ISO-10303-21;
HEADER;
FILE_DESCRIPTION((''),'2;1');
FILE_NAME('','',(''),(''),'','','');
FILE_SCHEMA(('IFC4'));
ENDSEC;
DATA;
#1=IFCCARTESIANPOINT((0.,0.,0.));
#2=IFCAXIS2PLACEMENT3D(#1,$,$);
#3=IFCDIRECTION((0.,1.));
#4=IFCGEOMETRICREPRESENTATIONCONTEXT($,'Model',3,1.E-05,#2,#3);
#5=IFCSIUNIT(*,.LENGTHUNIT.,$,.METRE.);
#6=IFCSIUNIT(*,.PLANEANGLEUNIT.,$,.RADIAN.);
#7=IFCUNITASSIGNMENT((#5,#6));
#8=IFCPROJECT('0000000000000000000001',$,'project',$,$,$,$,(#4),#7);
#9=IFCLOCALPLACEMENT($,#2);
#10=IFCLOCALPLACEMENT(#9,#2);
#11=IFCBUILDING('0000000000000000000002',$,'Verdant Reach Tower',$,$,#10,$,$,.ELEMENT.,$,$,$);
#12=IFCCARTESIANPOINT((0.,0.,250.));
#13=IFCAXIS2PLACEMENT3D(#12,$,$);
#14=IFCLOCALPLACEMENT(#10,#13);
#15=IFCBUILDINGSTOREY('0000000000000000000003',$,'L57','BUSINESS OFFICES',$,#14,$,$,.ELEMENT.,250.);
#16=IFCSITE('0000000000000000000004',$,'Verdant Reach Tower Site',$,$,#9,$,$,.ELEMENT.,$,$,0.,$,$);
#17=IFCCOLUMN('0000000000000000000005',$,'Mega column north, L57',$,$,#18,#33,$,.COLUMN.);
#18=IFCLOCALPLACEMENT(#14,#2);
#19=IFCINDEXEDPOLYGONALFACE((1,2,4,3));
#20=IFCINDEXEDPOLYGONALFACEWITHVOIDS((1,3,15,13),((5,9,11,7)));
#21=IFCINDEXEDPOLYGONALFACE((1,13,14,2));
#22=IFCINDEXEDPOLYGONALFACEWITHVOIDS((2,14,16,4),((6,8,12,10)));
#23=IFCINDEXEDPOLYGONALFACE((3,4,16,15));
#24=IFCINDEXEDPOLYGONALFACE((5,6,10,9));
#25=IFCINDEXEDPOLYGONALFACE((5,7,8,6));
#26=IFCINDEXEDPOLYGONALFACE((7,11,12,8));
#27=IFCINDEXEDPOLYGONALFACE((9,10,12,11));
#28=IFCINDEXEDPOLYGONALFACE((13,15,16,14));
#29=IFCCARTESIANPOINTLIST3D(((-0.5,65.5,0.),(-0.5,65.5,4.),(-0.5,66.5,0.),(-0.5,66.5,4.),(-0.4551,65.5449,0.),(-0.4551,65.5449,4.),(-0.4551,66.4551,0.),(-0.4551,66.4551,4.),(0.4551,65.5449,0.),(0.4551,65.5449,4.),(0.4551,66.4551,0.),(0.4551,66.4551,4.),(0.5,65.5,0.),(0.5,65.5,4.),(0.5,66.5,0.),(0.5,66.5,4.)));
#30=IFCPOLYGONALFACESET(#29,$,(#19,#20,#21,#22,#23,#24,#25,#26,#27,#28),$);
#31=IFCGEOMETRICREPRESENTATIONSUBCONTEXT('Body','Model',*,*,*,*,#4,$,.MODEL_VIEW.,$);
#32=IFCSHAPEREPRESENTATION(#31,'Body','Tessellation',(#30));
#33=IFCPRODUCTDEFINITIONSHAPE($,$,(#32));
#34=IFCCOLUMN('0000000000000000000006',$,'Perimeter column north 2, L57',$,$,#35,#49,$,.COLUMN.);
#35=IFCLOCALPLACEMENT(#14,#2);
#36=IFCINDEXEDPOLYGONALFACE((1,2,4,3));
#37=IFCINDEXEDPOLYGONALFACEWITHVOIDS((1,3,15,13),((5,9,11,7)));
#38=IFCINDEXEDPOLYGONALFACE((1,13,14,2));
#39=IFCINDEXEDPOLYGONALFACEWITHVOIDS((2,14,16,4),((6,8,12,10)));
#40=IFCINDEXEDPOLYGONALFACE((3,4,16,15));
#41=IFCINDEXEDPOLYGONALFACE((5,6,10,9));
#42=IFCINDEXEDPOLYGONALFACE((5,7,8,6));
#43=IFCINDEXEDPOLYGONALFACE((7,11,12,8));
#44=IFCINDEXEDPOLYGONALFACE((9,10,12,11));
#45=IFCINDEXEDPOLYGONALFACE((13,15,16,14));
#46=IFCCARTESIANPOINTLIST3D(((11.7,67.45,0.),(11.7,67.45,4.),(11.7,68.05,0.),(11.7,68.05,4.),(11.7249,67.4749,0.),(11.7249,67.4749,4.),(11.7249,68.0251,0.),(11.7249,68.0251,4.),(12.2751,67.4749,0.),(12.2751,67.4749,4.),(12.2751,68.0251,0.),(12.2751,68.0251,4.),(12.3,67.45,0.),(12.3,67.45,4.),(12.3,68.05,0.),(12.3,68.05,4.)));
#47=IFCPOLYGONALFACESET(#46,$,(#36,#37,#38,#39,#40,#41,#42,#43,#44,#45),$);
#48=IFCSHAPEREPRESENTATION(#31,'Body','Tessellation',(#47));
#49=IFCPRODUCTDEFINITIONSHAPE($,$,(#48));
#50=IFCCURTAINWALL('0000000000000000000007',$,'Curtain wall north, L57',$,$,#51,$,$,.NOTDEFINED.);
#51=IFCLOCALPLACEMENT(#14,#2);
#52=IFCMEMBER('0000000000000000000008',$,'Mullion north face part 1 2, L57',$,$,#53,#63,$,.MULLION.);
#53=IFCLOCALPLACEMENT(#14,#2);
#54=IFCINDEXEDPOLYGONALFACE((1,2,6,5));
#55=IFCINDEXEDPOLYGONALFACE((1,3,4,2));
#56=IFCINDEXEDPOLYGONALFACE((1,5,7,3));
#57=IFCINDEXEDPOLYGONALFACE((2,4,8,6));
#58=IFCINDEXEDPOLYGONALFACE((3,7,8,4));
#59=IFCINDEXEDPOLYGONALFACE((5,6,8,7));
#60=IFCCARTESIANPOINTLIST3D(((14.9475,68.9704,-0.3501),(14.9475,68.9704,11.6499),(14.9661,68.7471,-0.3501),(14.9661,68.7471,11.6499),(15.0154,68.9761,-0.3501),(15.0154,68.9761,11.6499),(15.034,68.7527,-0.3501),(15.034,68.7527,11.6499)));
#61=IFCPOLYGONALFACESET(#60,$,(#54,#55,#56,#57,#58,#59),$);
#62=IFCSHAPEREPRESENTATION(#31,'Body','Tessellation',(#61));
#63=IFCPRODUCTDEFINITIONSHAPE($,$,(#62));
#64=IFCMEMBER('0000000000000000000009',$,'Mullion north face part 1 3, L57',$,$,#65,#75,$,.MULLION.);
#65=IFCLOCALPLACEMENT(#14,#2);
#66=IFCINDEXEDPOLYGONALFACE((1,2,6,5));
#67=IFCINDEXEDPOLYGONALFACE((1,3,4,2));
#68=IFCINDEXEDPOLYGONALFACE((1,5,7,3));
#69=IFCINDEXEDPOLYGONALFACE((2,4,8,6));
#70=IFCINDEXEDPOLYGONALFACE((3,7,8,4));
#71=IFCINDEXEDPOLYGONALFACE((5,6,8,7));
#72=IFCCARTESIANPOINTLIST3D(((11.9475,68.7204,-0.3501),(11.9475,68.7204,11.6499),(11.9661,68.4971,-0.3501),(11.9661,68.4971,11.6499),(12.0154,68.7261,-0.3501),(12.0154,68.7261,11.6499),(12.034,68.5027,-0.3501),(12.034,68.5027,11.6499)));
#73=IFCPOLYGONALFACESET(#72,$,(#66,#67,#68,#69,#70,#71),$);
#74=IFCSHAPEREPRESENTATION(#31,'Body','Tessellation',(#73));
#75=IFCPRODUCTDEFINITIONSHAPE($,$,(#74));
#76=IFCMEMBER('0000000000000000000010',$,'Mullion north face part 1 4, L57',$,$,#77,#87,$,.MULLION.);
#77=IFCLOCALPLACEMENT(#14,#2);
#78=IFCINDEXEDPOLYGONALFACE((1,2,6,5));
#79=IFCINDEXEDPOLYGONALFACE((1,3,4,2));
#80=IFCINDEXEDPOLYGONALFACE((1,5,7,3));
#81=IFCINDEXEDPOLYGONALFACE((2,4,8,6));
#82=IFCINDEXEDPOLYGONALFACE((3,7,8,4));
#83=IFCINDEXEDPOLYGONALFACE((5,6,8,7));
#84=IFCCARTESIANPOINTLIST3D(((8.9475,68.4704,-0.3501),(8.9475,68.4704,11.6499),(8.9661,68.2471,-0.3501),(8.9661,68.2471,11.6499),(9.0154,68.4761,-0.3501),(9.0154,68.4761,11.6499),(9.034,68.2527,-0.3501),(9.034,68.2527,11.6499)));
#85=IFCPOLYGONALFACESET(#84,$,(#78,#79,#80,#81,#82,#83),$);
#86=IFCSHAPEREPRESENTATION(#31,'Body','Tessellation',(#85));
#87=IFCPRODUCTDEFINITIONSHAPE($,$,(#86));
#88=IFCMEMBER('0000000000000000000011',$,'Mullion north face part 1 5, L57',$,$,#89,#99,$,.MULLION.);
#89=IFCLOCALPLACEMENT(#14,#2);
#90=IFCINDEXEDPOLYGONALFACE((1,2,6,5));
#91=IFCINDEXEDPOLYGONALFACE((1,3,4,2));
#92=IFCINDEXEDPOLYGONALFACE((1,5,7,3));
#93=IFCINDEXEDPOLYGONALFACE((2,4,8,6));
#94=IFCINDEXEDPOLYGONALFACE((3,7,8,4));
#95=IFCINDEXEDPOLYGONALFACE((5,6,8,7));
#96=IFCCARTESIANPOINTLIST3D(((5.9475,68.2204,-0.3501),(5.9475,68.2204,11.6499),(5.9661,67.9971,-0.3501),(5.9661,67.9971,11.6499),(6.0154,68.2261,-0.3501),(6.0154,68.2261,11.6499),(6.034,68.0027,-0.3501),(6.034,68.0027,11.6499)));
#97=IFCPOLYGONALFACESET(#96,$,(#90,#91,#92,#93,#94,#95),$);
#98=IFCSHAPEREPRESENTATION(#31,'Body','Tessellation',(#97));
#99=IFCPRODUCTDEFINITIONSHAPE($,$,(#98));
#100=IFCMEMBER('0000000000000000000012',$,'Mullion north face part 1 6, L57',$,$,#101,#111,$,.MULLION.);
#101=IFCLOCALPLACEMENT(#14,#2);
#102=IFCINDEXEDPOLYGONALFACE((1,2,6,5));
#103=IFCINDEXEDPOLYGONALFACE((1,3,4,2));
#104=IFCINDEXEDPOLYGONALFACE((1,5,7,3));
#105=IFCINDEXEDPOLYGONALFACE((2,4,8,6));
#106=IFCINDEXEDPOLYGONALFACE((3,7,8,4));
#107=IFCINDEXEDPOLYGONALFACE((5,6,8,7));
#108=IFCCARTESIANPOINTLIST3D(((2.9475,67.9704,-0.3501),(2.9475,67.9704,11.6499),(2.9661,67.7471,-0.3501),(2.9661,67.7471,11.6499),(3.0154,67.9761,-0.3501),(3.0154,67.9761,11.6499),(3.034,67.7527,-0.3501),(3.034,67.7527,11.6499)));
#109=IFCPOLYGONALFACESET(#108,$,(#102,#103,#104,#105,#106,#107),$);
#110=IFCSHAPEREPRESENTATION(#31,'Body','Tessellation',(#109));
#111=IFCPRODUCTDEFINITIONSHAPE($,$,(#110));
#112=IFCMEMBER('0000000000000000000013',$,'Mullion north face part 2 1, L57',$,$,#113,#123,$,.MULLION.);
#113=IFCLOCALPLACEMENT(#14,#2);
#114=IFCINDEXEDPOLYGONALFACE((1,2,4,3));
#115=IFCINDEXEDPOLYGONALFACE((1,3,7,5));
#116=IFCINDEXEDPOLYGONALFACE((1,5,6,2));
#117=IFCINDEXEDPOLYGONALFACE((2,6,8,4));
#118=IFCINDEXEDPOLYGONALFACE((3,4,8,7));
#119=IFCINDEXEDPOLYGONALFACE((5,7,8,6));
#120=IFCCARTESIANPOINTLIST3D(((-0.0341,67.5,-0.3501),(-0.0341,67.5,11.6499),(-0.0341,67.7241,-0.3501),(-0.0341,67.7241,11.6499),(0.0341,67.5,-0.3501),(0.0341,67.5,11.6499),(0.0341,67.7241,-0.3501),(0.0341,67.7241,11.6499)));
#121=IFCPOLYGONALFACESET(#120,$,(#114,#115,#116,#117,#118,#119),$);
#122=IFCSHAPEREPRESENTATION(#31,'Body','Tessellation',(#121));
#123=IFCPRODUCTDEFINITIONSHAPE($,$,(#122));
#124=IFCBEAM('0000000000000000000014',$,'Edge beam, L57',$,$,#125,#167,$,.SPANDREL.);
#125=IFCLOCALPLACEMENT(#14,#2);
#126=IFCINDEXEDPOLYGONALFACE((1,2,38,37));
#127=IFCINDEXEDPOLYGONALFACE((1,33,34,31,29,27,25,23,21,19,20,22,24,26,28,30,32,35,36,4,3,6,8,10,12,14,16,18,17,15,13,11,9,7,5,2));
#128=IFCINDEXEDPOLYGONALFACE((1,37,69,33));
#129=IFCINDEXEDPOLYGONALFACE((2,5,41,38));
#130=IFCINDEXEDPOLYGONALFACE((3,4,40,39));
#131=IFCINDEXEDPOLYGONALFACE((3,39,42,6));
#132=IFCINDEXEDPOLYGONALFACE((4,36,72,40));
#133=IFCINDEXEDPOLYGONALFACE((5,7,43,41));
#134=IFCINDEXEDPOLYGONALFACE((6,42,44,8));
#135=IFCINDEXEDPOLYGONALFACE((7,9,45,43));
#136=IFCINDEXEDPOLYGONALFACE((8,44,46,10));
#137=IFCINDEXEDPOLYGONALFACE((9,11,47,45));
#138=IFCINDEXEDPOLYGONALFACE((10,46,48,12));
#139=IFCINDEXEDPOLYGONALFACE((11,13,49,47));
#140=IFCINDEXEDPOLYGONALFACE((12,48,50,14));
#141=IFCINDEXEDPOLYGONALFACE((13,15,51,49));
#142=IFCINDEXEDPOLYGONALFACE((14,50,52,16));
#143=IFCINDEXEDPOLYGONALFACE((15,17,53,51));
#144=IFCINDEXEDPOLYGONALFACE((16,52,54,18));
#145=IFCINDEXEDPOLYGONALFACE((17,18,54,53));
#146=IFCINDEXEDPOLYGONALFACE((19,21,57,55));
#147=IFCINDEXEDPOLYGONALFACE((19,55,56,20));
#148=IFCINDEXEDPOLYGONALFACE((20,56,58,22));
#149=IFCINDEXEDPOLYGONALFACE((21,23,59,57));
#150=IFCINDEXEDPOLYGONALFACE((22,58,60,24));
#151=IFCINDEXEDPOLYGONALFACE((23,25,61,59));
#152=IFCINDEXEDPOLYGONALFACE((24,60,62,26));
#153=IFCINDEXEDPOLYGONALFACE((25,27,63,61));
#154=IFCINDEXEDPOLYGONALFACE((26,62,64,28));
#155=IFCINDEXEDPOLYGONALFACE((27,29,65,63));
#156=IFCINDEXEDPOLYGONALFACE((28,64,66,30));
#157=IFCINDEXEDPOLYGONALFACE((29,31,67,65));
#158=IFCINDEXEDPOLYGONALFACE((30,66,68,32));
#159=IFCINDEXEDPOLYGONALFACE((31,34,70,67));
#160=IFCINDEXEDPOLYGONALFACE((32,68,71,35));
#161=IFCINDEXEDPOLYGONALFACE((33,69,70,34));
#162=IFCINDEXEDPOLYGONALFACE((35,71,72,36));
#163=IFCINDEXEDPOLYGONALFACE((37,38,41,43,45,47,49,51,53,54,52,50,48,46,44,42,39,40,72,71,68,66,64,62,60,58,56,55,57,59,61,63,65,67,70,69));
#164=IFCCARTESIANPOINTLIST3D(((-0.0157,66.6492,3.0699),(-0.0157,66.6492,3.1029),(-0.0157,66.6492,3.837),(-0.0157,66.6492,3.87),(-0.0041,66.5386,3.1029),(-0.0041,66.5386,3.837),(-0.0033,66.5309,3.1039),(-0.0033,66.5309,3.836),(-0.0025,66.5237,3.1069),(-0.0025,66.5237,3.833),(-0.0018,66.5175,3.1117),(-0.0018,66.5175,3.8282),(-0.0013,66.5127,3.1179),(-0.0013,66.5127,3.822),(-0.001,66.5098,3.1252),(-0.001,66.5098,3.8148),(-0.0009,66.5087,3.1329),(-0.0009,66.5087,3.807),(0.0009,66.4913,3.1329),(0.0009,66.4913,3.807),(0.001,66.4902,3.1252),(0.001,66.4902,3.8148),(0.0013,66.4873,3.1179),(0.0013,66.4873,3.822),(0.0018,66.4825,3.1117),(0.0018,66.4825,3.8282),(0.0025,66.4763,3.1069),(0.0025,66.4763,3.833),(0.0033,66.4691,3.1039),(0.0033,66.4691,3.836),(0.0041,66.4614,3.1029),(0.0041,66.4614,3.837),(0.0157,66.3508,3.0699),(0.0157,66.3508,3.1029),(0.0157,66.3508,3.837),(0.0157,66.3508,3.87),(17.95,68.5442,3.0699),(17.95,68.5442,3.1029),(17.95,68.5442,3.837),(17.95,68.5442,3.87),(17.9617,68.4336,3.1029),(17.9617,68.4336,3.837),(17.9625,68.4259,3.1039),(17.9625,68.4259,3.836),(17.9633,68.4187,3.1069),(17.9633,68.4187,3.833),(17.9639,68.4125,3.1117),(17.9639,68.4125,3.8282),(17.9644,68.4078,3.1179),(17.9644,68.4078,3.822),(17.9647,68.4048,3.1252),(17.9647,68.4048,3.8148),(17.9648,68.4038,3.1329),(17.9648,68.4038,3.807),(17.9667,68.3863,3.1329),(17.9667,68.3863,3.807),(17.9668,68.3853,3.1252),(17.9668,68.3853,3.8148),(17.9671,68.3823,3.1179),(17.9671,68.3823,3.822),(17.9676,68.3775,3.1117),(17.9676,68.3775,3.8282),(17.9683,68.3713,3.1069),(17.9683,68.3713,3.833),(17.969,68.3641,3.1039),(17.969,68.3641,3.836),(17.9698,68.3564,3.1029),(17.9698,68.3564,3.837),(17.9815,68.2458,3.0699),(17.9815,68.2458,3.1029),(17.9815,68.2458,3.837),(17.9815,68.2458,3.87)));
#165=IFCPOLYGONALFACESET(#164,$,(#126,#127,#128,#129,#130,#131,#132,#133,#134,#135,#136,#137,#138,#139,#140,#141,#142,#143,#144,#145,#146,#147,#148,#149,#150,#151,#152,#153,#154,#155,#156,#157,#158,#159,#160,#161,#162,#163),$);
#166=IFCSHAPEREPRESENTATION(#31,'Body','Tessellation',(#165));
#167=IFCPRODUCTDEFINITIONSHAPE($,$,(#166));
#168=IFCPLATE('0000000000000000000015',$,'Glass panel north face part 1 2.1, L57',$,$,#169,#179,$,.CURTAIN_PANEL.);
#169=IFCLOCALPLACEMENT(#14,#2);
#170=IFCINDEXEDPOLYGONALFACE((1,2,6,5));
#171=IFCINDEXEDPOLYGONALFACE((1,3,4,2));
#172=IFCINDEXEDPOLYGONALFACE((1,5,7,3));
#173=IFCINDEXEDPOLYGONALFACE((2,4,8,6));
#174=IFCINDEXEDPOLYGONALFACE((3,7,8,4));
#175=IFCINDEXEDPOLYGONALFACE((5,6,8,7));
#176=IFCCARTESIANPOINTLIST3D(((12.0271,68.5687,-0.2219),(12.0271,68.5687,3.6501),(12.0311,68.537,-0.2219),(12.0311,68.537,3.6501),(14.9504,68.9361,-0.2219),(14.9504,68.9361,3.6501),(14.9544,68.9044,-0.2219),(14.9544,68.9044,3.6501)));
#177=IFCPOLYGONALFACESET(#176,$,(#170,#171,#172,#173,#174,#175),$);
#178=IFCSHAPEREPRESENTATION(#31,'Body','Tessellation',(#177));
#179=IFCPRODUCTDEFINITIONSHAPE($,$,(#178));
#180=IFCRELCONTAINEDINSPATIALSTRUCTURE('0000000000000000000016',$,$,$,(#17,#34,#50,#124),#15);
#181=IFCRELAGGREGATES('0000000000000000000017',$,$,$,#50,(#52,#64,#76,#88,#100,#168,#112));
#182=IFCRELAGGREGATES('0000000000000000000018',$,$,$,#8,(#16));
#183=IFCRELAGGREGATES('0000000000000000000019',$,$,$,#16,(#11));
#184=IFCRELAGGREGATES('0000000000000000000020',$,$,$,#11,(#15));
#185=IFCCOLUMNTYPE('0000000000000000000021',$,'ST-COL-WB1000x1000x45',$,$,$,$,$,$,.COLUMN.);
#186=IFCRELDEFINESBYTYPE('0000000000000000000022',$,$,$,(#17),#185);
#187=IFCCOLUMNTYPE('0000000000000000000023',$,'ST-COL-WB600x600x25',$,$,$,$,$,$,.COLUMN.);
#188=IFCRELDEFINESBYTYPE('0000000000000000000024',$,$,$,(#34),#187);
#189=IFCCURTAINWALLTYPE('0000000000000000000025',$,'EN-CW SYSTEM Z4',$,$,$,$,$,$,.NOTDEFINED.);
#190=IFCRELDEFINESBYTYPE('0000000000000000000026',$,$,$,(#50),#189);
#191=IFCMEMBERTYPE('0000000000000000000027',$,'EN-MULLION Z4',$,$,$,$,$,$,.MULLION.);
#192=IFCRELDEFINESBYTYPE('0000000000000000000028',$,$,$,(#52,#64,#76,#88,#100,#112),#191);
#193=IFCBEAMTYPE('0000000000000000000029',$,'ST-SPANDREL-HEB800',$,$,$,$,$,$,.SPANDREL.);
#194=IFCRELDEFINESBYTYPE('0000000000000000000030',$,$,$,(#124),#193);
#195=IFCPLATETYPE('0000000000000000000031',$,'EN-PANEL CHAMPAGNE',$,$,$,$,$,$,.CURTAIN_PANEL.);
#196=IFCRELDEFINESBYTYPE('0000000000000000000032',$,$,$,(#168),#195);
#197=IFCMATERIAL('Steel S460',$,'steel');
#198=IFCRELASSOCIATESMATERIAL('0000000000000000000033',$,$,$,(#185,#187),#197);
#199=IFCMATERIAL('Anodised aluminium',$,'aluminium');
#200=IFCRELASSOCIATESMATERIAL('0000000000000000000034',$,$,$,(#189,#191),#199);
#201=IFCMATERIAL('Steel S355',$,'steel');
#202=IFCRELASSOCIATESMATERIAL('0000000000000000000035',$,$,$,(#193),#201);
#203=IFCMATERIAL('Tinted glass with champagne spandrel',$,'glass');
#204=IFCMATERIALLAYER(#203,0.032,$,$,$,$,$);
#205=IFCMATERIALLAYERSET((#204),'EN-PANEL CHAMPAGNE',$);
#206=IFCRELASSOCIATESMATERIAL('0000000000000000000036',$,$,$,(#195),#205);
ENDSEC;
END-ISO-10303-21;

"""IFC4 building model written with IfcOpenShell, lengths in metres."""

from ifc_helpers import new_model, si_unit, direction, frame, origin, origin_2d, place, context, subcontext, project, spatial, rectangle, hollow_rectangle, i_section, extrude, material, layer, layer_set, material_profile, profile_set, type_object, element, aggregate, save


model = new_model("IFC4")

# Units and contexts
model_context = context("Model", 3, precision=1e-05, world=origin(), true_north=direction((0.0, 1.0)))
body_context = subcontext(model_context, "Body", "Model", "MODEL_VIEW")
ifc_project = project(units=[si_unit("LENGTHUNIT", "METRE"), si_unit("PLANEANGLEUNIT", "RADIAN")], contexts=[model_context])

# Site, building, storey
site_placement = place(None, origin())
site = spatial("IfcSite", under=ifc_project, at=site_placement, Name="Verdant Reach Tower Site", CompositionType="ELEMENT", RefElevation=0.0)
building_placement = place(site_placement, origin())
building = spatial("IfcBuilding", under=site, at=building_placement, Name="Verdant Reach Tower", CompositionType="ELEMENT")
storey_placement = place(building_placement, frame((0.0, 0.0, 250.0)))
storey = spatial("IfcBuildingStorey", under=building, at=storey_placement, Name="L57", Description="BUSINESS OFFICES", CompositionType="ELEMENT", Elevation=250.0)

# Columns
ifc_material_1 = material(Name="Steel S460", Category="steel")
ifc_material_profile_1 = material_profile(ifc_material_1, hollow_rectangle(XDim=1.0, YDim=1.0, WallThickness=0.0449, at=origin_2d()), Name="WB 1000x1000x45")
ifc_profile_set_1 = profile_set([ifc_material_profile_1], Name="Steel S460")
column_type_1 = type_object("IfcColumnType", Name="ST-COL-WB1000x1000x45", PredefinedType="COLUMN", material=ifc_profile_set_1)
column_1_placement = place(storey_placement, frame((0.0, 66.0, 0.0), z_axis=(0.0, 0.0, 1.0), x_axis=(1.0, 0.0, 0.0)))
element("IfcColumn", 1, at=column_1_placement, inside=storey, type_object=column_type_1, Name="Mega column north, L57", PredefinedType="COLUMN", context=body_context, shape_type="SweptSolid", body=[
    extrude(hollow_rectangle(XDim=1.0, YDim=1.0, WallThickness=0.0449, at=origin_2d()), origin(), (0.0, 0.0, 1.0), 4.0),
])
ifc_material_profile_2 = material_profile(ifc_material_1, hollow_rectangle(XDim=0.6001, YDim=0.6001, WallThickness=0.0249, at=origin_2d()), Name="WB 600x600x25")
ifc_profile_set_2 = profile_set([ifc_material_profile_2], Name="Steel S460")
column_type_2 = type_object("IfcColumnType", Name="ST-COL-WB600x600x25", PredefinedType="COLUMN", material=ifc_profile_set_2)
column_2_placement = place(storey_placement, frame((12.0, 67.75, 0.0), z_axis=(0.0, 0.0, 1.0), x_axis=(1.0, 0.0, 0.0)))
element("IfcColumn", 2, at=column_2_placement, inside=storey, type_object=column_type_2, Name="Perimeter column north 2, L57", PredefinedType="COLUMN", context=body_context, shape_type="SweptSolid", body=[
    extrude(hollow_rectangle(XDim=0.6001, YDim=0.6001, WallThickness=0.0249, at=origin_2d()), origin(), (0.0, 0.0, 1.0), 4.0),
])

# Curtain wall, members
ifc_material_2 = material(Name="Anodised aluminium", Category="aluminium")
curtain_wall_type = type_object("IfcCurtainWallType", Name="EN-CW SYSTEM Z4", PredefinedType="NOTDEFINED", material=ifc_material_2)
curtain_wall_placement = place(storey_placement, origin())
curtain_wall = element("IfcCurtainWall", 3, at=curtain_wall_placement, inside=storey, type_object=curtain_wall_type, Name="Curtain wall north, L57", PredefinedType="NOTDEFINED")
ifc_material_profile_3 = material_profile(ifc_material_2, rectangle(XDim=0.2241, YDim=0.0681, at=origin_2d()), Name="Mullion 68x224")
ifc_profile_set_3 = profile_set([ifc_material_profile_3], Name="Anodised aluminium")
member_type = type_object("IfcMemberType", Name="EN-MULLION Z4", PredefinedType="MULLION", material=ifc_profile_set_3)
member_1_placement = place(storey_placement, frame((14.9907, 68.8616, -0.3501), z_axis=(0.0, 0.0, 1.0), x_axis=(-0.083045, 0.996546, 0.0)))
member_1 = element("IfcMember", 4, at=member_1_placement, type_object=member_type, Name="Mullion north face part 1 2, L57", PredefinedType="MULLION", context=body_context, shape_type="SweptSolid", body=[
    extrude(rectangle(XDim=0.2241, YDim=0.0681, at=origin_2d()), origin(), (0.0, 0.0, 1.0), 12.0),
])
member_2_placement = place(storey_placement, frame((11.9907, 68.6116, -0.3501), z_axis=(0.0, 0.0, 1.0), x_axis=(-0.083045, 0.996546, 0.0)))
member_2 = element("IfcMember", 5, at=member_2_placement, type_object=member_type, Name="Mullion north face part 1 3, L57", PredefinedType="MULLION", context=body_context, shape_type="SweptSolid", body=[
    extrude(rectangle(XDim=0.2241, YDim=0.0681, at=origin_2d()), origin(), (0.0, 0.0, 1.0), 12.0),
])
member_3_placement = place(storey_placement, frame((8.9907, 68.3616, -0.3501), z_axis=(0.0, 0.0, 1.0), x_axis=(-0.083045, 0.996546, 0.0)))
member_3 = element("IfcMember", 6, at=member_3_placement, type_object=member_type, Name="Mullion north face part 1 4, L57", PredefinedType="MULLION", context=body_context, shape_type="SweptSolid", body=[
    extrude(rectangle(XDim=0.2241, YDim=0.0681, at=origin_2d()), origin(), (0.0, 0.0, 1.0), 12.0),
])
member_4_placement = place(storey_placement, frame((5.9907, 68.1116, -0.3501), z_axis=(0.0, 0.0, 1.0), x_axis=(-0.083045, 0.996546, 0.0)))
member_4 = element("IfcMember", 7, at=member_4_placement, type_object=member_type, Name="Mullion north face part 1 5, L57", PredefinedType="MULLION", context=body_context, shape_type="SweptSolid", body=[
    extrude(rectangle(XDim=0.2241, YDim=0.0681, at=origin_2d()), origin(), (0.0, 0.0, 1.0), 12.0),
])
member_5_placement = place(storey_placement, frame((2.9907, 67.8616, -0.3501), z_axis=(0.0, 0.0, 1.0), x_axis=(-0.083045, 0.996546, 0.0)))
member_5 = element("IfcMember", 8, at=member_5_placement, type_object=member_type, Name="Mullion north face part 1 6, L57", PredefinedType="MULLION", context=body_context, shape_type="SweptSolid", body=[
    extrude(rectangle(XDim=0.2241, YDim=0.0681, at=origin_2d()), origin(), (0.0, 0.0, 1.0), 12.0),
])
member_6_placement = place(storey_placement, frame((0.0, 67.6121, -0.3501), z_axis=(0.0, 0.0, 1.0), x_axis=(0.0, 1.0, 0.0)))
member_6 = element("IfcMember", 9, at=member_6_placement, type_object=member_type, Name="Mullion north face part 2 1, L57", PredefinedType="MULLION", context=body_context, shape_type="SweptSolid", body=[
    extrude(rectangle(XDim=0.2241, YDim=0.0681, at=origin_2d()), origin(), (0.0, 0.0, 1.0), 12.0),
])

# Beam
ifc_material_3 = material(Name="Steel S355", Category="steel")
ifc_material_profile_4 = material_profile(ifc_material_3, i_section(OverallWidth=0.3, OverallDepth=0.8, WebThickness=0.0176, FlangeThickness=0.033, FilletRadius=0.03, at=origin_2d()), Name="HEB 800")
ifc_profile_set_4 = profile_set([ifc_material_profile_4], Name="Steel S355")
beam_type = type_object("IfcBeamType", Name="ST-SPANDREL-HEB800", PredefinedType="SPANDREL", material=ifc_profile_set_4)
beam_placement = place(storey_placement, frame((0.0, 66.5, 3.47), z_axis=(0.994483, 0.104897, 0.0), x_axis=(-0.104897, 0.994483, 0.0)))
element("IfcBeam", 10, at=beam_placement, inside=storey, type_object=beam_type, Name="Edge beam, L57", PredefinedType="SPANDREL", context=body_context, shape_type="SweptSolid", body=[
    extrude(i_section(OverallWidth=0.3, OverallDepth=0.8, WebThickness=0.0176, FlangeThickness=0.033, FilletRadius=0.03, at=origin_2d()), origin(), (0.0, 0.0, 1.0), 18.0654),
])

# Plate
ifc_material_4 = material(Name="Tinted glass with champagne spandrel", Category="glass")
ifc_layer_1 = layer(ifc_material_4, 0.032)
ifc_layer_set_1 = layer_set([ifc_layer_1], Name="EN-PANEL CHAMPAGNE")
plate_type_1 = type_object("IfcPlateType", Name="EN-PANEL CHAMPAGNE", PredefinedType="CURTAIN_PANEL", material=ifc_layer_set_1)
plate_1_placement = place(storey_placement, frame((13.4907, 68.7366, -0.2219), z_axis=(0.0, 0.0, 1.0), x_axis=(-0.992194, -0.124704, 0.0)))
plate_1 = element("IfcPlate", 11, at=plate_1_placement, type_object=plate_type_1, Name="Glass panel north face part 1 2.1, L57", PredefinedType="CURTAIN_PANEL", context=body_context, shape_type="SweptSolid", body=[
    extrude(rectangle(XDim=2.9463, YDim=0.032, at=origin_2d()), origin(), (0.0, 0.0, 1.0), 3.8721),
])
aggregate(curtain_wall, [member_1, member_2, member_3, member_4, member_5, plate_1, member_6])

save(model, "model.ifc")
